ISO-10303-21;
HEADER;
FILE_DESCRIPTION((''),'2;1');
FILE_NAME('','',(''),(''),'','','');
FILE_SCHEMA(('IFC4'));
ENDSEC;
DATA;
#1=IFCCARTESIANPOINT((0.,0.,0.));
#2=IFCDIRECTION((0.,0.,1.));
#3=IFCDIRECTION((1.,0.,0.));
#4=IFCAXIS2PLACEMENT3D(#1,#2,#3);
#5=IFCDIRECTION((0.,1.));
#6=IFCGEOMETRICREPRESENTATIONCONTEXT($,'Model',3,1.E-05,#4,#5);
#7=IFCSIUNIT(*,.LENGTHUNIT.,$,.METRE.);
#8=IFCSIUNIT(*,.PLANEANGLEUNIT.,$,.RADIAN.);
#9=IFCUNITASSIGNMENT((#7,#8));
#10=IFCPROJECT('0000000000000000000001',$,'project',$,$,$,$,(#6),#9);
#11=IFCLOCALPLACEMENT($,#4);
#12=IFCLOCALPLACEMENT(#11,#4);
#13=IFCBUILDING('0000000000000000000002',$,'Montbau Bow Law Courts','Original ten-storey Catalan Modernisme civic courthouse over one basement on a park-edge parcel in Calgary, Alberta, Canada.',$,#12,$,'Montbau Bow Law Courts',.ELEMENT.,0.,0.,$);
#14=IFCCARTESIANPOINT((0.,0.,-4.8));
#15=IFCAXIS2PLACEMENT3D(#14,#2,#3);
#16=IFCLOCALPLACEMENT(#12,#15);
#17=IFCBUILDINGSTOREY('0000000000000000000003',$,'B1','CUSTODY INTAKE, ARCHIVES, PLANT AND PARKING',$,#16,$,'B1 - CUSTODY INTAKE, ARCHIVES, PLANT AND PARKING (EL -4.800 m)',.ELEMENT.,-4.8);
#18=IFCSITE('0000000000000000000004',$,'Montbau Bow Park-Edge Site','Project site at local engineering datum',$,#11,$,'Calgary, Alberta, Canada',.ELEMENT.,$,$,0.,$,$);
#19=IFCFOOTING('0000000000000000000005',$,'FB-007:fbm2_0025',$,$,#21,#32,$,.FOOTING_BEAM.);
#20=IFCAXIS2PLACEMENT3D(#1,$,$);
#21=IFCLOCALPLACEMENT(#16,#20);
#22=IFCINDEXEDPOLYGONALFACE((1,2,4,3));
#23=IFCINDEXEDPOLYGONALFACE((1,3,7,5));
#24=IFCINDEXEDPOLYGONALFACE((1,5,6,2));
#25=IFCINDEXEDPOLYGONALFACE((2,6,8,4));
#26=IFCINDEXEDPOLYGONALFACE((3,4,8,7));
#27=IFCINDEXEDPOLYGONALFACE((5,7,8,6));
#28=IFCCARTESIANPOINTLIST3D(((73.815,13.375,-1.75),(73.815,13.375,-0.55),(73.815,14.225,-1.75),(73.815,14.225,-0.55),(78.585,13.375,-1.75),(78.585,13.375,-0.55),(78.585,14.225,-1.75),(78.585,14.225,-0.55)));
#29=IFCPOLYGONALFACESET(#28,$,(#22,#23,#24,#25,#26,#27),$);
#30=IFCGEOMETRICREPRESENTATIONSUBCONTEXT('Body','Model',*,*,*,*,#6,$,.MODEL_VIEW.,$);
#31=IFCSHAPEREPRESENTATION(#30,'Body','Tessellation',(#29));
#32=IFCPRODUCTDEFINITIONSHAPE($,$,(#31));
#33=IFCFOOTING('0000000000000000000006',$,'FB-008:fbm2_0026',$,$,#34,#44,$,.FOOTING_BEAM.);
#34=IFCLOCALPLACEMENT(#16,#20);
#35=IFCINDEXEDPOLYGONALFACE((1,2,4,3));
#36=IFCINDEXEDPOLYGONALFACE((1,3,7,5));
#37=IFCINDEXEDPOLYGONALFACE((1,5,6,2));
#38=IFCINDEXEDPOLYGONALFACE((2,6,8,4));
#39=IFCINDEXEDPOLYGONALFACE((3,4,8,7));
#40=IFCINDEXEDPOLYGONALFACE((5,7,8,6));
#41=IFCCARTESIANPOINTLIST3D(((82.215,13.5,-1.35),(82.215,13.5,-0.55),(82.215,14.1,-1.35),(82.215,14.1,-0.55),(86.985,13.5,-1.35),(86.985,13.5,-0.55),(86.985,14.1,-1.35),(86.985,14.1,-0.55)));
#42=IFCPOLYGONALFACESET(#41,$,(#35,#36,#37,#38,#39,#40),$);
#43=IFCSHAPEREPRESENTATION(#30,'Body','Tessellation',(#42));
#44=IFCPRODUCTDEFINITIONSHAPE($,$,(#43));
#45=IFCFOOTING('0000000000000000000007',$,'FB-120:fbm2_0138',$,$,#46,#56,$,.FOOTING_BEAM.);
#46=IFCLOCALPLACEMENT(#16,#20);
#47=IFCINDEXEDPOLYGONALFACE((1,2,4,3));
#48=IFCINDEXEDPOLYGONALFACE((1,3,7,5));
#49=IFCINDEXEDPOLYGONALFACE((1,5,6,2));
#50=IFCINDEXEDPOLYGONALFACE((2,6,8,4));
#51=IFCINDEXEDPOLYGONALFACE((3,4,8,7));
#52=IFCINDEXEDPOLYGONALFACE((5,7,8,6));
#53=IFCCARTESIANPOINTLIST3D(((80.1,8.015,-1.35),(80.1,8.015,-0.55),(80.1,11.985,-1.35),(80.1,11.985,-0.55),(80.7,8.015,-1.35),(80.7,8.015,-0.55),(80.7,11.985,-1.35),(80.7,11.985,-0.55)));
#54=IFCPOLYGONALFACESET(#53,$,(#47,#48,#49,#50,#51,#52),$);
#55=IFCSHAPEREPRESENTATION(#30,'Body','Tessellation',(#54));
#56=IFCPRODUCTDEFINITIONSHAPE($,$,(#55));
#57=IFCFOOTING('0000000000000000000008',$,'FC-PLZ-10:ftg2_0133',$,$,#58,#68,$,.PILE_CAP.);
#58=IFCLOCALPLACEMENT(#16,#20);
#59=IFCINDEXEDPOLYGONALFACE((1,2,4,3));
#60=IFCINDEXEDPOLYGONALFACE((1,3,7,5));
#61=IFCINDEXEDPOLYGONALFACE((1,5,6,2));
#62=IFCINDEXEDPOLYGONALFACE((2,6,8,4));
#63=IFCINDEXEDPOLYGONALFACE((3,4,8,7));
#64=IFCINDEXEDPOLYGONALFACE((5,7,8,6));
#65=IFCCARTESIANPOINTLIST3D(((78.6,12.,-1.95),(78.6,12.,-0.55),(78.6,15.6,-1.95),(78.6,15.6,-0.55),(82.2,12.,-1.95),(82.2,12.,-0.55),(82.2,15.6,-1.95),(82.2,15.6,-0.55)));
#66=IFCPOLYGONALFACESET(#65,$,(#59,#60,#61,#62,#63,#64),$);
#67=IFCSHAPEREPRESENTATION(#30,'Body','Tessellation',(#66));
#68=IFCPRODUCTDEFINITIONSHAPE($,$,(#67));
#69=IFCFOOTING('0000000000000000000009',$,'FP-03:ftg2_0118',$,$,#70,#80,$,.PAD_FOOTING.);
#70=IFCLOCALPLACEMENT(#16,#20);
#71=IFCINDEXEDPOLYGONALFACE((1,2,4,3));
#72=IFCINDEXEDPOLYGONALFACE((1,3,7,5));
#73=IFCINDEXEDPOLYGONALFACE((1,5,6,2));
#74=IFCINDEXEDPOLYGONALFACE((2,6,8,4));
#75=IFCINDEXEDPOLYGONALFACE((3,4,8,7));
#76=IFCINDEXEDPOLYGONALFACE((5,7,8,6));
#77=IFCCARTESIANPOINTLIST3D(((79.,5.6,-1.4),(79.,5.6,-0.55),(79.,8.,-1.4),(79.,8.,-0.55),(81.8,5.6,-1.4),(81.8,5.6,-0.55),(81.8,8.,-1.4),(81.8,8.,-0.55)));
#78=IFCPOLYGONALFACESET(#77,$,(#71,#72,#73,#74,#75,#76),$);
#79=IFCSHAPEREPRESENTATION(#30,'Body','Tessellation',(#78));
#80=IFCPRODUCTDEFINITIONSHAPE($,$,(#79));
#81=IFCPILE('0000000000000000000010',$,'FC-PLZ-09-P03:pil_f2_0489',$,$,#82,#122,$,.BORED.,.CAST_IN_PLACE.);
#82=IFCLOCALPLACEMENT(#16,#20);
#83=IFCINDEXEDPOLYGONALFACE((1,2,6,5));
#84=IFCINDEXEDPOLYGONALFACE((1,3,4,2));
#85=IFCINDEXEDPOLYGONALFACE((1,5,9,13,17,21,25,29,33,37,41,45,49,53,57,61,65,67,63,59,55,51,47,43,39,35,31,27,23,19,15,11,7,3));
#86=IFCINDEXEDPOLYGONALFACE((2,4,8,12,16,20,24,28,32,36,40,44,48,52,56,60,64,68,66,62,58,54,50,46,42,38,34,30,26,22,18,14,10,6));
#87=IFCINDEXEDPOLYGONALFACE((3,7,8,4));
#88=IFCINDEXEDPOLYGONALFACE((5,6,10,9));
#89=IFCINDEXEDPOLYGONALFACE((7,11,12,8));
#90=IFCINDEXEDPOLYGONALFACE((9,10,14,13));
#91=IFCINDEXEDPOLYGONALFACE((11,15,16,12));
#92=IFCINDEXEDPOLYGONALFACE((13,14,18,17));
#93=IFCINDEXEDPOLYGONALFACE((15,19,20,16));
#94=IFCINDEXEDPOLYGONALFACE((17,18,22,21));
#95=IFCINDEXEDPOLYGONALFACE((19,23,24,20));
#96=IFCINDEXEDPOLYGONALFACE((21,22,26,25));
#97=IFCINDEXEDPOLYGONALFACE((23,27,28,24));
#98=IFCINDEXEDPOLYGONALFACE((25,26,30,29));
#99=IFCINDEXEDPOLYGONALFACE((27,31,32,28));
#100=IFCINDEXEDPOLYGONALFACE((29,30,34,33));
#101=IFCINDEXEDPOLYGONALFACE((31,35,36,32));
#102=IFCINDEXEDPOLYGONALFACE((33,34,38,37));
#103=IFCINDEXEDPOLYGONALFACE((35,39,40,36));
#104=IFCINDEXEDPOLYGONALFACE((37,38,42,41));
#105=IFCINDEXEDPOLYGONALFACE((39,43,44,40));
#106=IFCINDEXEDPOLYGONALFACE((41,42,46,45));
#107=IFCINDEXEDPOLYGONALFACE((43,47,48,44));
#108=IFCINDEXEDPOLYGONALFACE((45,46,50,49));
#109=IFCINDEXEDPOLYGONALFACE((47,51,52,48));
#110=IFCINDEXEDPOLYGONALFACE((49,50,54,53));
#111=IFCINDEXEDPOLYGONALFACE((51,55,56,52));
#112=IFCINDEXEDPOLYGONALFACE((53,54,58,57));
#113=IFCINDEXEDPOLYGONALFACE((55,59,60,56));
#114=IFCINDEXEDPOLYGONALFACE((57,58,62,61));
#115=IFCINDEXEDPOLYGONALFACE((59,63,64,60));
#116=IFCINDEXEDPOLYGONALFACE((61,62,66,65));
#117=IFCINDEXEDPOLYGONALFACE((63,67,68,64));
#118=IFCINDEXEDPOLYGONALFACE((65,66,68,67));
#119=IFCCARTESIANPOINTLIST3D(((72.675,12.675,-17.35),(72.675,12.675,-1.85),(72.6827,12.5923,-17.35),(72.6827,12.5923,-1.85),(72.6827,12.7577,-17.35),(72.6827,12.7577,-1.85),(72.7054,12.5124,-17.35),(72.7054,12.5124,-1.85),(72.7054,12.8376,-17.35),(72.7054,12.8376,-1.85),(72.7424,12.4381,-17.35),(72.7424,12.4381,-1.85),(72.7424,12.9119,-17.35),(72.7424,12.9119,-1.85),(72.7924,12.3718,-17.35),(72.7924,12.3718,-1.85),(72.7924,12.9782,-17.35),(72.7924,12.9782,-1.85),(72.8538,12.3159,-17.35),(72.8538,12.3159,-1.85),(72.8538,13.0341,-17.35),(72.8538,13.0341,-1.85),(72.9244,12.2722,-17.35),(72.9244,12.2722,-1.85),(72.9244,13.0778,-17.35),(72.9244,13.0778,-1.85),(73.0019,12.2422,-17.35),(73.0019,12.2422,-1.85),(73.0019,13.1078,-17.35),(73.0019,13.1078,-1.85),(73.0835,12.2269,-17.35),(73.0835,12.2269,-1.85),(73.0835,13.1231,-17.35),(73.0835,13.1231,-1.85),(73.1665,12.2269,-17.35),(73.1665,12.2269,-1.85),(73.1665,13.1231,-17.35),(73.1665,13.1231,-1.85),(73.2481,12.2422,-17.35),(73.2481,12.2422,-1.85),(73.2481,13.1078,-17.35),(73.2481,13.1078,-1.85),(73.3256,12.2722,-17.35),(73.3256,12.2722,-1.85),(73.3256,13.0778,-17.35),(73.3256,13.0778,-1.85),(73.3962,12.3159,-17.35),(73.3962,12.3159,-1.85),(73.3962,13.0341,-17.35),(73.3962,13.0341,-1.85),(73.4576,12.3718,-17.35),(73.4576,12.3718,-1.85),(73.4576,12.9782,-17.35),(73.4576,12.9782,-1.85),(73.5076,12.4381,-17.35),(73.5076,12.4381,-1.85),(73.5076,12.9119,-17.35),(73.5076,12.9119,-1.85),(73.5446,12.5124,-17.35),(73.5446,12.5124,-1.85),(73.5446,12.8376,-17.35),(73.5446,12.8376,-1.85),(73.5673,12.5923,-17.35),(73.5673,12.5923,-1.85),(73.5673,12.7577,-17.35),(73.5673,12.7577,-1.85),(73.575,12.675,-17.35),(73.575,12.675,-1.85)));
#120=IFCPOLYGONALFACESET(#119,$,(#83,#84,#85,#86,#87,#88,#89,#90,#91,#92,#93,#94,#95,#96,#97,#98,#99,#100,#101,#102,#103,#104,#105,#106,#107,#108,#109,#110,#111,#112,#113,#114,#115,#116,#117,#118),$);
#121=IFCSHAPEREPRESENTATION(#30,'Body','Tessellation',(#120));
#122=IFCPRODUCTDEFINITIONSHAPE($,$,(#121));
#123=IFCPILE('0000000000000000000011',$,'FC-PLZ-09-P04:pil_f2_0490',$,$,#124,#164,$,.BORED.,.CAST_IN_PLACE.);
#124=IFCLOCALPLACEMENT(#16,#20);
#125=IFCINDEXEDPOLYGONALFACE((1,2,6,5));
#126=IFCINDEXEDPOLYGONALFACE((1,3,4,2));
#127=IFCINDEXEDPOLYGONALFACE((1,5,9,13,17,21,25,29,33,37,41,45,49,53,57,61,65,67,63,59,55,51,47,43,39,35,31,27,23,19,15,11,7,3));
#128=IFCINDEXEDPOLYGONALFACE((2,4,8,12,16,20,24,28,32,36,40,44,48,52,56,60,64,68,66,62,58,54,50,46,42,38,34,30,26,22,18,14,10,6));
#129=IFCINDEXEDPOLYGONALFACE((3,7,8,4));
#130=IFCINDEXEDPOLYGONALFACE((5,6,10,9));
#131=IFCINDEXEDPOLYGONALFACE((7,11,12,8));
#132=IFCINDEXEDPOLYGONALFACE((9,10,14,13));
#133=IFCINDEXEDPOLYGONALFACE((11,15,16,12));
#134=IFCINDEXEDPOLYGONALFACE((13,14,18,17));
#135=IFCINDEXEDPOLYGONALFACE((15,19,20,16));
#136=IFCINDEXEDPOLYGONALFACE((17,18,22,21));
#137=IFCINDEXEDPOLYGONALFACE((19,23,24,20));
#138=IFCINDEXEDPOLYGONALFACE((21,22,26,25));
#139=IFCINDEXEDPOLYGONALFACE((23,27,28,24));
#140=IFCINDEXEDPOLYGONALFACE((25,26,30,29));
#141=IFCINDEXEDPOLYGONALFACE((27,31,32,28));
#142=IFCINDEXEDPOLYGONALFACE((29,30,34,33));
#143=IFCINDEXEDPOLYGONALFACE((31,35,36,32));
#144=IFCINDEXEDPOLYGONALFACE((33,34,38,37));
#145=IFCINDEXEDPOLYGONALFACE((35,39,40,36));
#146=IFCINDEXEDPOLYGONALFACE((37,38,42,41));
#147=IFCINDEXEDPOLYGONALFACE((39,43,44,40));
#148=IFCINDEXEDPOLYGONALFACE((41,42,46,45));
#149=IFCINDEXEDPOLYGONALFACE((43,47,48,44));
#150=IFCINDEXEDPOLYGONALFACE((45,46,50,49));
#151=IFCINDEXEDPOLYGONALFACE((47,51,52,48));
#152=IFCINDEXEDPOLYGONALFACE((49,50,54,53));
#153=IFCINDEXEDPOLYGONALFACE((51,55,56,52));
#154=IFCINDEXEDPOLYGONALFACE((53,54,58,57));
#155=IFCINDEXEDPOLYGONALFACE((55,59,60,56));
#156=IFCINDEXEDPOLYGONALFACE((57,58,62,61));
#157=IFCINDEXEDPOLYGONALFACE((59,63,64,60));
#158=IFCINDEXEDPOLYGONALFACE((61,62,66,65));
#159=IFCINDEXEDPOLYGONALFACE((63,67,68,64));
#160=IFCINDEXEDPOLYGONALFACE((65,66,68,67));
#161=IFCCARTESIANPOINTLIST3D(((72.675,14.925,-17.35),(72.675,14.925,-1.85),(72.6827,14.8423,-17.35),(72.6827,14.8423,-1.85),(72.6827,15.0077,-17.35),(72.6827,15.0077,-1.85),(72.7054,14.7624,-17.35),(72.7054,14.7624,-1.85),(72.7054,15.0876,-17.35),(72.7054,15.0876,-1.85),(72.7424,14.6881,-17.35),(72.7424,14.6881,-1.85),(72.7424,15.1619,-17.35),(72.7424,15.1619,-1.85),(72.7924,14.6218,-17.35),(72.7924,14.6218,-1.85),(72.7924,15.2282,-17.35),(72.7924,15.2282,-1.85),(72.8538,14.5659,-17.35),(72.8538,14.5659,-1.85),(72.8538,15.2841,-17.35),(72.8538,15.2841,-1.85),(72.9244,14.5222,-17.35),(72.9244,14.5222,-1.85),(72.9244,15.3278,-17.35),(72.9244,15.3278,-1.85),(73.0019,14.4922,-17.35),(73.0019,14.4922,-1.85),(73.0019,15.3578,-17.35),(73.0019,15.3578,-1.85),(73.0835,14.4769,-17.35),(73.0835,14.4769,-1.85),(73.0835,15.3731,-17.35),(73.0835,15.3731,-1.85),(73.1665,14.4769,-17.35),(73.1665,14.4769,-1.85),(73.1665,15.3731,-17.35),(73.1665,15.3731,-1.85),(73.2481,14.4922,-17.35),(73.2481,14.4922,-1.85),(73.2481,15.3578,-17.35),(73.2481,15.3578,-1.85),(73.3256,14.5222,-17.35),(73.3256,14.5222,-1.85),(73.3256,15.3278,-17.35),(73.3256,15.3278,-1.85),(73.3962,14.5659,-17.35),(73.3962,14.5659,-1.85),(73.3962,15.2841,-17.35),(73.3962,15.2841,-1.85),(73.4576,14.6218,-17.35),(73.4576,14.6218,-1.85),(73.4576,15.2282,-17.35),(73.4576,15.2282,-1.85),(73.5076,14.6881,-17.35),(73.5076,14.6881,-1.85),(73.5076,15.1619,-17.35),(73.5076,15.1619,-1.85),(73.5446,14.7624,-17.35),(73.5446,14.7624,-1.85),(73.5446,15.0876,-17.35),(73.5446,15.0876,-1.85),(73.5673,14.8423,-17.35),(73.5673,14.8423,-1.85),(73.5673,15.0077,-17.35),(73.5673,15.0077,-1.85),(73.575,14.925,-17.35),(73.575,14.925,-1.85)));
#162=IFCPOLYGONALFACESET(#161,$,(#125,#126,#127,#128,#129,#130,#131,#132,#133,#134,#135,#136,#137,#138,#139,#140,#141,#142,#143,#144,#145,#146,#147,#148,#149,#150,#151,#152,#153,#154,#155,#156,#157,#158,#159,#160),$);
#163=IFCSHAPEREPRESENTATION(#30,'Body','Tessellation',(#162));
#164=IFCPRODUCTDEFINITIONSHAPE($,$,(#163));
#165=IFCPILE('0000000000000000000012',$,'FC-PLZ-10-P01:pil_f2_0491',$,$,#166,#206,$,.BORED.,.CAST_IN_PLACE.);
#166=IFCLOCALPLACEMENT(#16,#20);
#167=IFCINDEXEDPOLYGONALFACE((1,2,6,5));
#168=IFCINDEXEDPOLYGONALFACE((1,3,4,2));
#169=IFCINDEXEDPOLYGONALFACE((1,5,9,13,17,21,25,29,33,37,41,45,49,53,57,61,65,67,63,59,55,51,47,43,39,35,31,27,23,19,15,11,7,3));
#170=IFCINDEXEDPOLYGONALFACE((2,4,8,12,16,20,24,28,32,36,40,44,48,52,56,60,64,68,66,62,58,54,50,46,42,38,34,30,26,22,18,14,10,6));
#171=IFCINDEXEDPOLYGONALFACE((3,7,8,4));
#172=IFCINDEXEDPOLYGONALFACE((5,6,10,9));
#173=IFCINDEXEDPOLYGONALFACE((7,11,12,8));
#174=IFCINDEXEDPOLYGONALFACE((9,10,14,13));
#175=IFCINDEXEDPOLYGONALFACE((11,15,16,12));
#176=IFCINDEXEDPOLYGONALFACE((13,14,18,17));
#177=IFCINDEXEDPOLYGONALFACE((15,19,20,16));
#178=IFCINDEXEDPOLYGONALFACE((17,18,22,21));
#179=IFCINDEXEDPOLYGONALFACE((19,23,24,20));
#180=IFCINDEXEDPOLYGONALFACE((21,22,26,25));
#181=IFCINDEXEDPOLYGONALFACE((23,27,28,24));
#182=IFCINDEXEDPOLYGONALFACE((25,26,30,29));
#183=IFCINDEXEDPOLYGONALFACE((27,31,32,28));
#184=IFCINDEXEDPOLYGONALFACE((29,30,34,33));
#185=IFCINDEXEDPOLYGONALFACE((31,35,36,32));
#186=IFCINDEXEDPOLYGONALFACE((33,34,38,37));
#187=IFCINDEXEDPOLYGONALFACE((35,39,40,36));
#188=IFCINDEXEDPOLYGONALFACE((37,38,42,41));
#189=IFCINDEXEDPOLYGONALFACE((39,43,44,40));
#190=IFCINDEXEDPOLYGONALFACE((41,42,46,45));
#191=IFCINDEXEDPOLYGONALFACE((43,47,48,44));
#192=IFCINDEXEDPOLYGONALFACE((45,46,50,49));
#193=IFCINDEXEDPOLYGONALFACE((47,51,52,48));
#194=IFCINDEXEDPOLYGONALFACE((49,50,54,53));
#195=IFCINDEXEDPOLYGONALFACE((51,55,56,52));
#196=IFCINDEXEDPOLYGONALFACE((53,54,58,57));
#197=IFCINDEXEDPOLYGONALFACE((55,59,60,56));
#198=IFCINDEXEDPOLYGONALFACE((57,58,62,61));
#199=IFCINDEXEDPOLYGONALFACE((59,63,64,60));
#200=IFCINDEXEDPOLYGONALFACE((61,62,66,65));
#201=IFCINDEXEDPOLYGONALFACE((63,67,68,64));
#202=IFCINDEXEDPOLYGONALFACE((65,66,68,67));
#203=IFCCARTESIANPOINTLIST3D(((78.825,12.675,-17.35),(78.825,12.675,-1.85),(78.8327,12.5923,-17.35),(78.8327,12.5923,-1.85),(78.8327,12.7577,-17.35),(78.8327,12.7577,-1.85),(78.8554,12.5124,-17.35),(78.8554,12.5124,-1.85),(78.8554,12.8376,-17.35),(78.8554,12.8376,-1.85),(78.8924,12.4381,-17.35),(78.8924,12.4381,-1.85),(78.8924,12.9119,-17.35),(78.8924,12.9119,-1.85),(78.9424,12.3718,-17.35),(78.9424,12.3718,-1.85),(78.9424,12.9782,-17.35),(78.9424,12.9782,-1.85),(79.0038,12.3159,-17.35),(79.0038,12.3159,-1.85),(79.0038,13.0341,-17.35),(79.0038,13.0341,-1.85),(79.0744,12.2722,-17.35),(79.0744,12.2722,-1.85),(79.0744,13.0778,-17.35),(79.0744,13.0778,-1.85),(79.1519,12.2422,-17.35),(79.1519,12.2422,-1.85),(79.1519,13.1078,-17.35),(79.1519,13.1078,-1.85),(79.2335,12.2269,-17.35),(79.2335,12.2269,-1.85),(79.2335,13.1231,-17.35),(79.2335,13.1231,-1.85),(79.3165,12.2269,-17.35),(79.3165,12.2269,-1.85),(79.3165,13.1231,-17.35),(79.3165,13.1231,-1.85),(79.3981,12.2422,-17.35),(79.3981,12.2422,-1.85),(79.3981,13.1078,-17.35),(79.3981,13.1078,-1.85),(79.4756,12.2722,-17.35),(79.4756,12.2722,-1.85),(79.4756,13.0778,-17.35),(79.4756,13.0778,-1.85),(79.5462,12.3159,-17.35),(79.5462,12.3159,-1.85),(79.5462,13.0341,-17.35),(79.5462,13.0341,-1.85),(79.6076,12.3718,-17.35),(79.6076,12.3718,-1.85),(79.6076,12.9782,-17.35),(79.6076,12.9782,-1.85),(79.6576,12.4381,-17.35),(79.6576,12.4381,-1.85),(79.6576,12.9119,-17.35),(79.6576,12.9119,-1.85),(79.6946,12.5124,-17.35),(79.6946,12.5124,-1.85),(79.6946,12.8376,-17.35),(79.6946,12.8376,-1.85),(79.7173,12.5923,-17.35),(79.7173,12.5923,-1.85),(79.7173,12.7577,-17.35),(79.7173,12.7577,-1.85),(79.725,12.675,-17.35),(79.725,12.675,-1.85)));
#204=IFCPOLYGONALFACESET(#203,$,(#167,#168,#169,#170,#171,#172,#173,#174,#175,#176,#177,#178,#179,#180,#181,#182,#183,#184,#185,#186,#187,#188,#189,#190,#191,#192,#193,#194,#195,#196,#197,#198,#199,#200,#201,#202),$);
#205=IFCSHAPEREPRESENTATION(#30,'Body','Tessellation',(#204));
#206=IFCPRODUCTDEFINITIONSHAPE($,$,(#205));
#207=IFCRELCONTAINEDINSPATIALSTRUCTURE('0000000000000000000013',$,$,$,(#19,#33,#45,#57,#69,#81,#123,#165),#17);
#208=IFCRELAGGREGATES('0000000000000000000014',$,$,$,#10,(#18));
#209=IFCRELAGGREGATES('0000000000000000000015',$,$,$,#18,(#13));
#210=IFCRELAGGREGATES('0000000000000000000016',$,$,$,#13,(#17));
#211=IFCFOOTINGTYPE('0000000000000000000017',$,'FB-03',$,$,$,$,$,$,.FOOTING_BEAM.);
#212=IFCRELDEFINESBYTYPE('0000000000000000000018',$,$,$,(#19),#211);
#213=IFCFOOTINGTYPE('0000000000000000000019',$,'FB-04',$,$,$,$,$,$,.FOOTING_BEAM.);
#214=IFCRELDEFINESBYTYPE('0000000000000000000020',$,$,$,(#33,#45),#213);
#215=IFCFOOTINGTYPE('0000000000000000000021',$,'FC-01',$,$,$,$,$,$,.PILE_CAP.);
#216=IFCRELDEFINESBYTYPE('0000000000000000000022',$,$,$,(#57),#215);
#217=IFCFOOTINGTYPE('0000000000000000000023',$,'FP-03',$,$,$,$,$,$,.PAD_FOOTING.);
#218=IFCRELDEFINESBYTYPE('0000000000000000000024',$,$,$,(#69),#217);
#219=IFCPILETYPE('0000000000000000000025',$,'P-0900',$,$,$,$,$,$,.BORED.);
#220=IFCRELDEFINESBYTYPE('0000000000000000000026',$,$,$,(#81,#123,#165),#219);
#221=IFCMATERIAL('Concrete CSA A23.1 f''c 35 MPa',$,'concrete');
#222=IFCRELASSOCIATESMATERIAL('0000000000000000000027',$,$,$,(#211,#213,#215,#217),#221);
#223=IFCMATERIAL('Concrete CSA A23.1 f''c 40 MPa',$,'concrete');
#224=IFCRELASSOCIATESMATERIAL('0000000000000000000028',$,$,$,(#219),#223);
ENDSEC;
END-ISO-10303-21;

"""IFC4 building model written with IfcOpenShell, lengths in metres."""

from ifc_helpers import new_model, si_unit, direction, frame, origin_with_axes, origin_2d_with_axis, place, context, subcontext, project, spatial, rectangle, circle, extrude, material, material_profile, profile_set, type_object, element, save


model = new_model("IFC4")

# Units and contexts
model_context = context("Model", 3, precision=1e-05, world=origin_with_axes(), true_north=direction((0.0, 1.0)))
body_context = subcontext(model_context, "Body", "Model", "MODEL_VIEW")
ifc_project = project(units=[si_unit("LENGTHUNIT", "METRE"), si_unit("PLANEANGLEUNIT", "RADIAN")], contexts=[model_context])

# Site, building, storey
site_placement = place(None, origin_with_axes())
site = spatial("IfcSite", under=ifc_project, at=site_placement, Name="Montbau Bow Park-Edge Site", Description="Project site at local engineering datum", LongName="Calgary, Alberta, Canada", CompositionType="ELEMENT", RefElevation=0.0)
building_placement = place(site_placement, origin_with_axes())
building = spatial("IfcBuilding", under=site, at=building_placement, Name="Montbau Bow Law Courts", Description="Original ten-storey Catalan Modernisme civic courthouse over one basement on a park-edge parcel in Calgary, Alberta, Canada.", LongName="Montbau Bow Law Courts", CompositionType="ELEMENT", ElevationOfRefHeight=0.0, ElevationOfTerrain=0.0)
storey_placement = place(building_placement, frame((0.0, 0.0, -4.8), z_axis=(0.0, 0.0, 1.0), x_axis=(1.0, 0.0, 0.0)))
storey = spatial("IfcBuildingStorey", under=building, at=storey_placement, Name="B1", Description="CUSTODY INTAKE, ARCHIVES, PLANT AND PARKING", LongName="B1 - CUSTODY INTAKE, ARCHIVES, PLANT AND PARKING (EL -4.800 m)", CompositionType="ELEMENT", Elevation=-4.8)

# Footings
ifc_material_1 = material(Name="Concrete CSA A23.1 f'c 35 MPa", Category="concrete")
footing_type_1 = type_object("IfcFootingType", Name="FB-03", PredefinedType="FOOTING_BEAM", material=ifc_material_1)
footing_1_placement = place(None, frame((76.2, 13.8, -6.55), z_axis=(0.0, 0.0, 1.0), x_axis=(1.0, 0.0, 0.0)))
element("IfcFooting", 1, at=footing_1_placement, inside=storey, type_object=footing_type_1, Name="FB-007:fbm2_0025", PredefinedType="FOOTING_BEAM", context=body_context, shape_type="SweptSolid", body=[
    extrude(rectangle(XDim=4.77, YDim=0.85, at=origin_2d_with_axis()), origin_with_axes(), (0.0, 0.0, 1.0), 1.2),
])
footing_type_2 = type_object("IfcFootingType", Name="FB-04", PredefinedType="FOOTING_BEAM", material=ifc_material_1)
footing_2_placement = place(None, frame((84.6, 13.8, -6.15), z_axis=(0.0, 0.0, 1.0), x_axis=(1.0, 0.0, 0.0)))
element("IfcFooting", 2, at=footing_2_placement, inside=storey, type_object=footing_type_2, Name="FB-008:fbm2_0026", PredefinedType="FOOTING_BEAM", context=body_context, shape_type="SweptSolid", body=[
    extrude(rectangle(XDim=4.77, YDim=0.6, at=origin_2d_with_axis()), origin_with_axes(), (0.0, 0.0, 1.0), 0.8),
])
footing_3_placement = place(None, frame((80.4, 10.0, -6.15), z_axis=(0.0, 0.0, 1.0), x_axis=(0.0, 1.0, 0.0)))
element("IfcFooting", 3, at=footing_3_placement, inside=storey, type_object=footing_type_2, Name="FB-120:fbm2_0138", PredefinedType="FOOTING_BEAM", context=body_context, shape_type="SweptSolid", body=[
    extrude(rectangle(XDim=3.97, YDim=0.6, at=origin_2d_with_axis()), origin_with_axes(), (0.0, 0.0, 1.0), 0.8),
])
footing_type_3 = type_object("IfcFootingType", Name="FC-01", PredefinedType="PILE_CAP", material=ifc_material_1)
footing_4_placement = place(None, frame((80.4, 13.8, -6.75), z_axis=(0.0, 0.0, 1.0), x_axis=(1.0, 0.0, 0.0)))
element("IfcFooting", 4, at=footing_4_placement, inside=storey, type_object=footing_type_3, Name="FC-PLZ-10:ftg2_0133", PredefinedType="PILE_CAP", context=body_context, shape_type="SweptSolid", body=[
    extrude(rectangle(XDim=3.6, YDim=3.6, at=origin_2d_with_axis()), origin_with_axes(), (0.0, 0.0, 1.0), 1.4),
])
footing_type_4 = type_object("IfcFootingType", Name="FP-03", PredefinedType="PAD_FOOTING", material=ifc_material_1)
footing_5_placement = place(None, frame((80.4, 6.8, -6.2), z_axis=(0.0, 0.0, 1.0), x_axis=(1.0, 0.0, 0.0)))
element("IfcFooting", 5, at=footing_5_placement, inside=storey, type_object=footing_type_4, Name="FP-03:ftg2_0118", PredefinedType="PAD_FOOTING", context=body_context, shape_type="SweptSolid", body=[
    extrude(rectangle(XDim=2.8, YDim=2.4, at=origin_2d_with_axis()), origin_with_axes(), (0.0, 0.0, 1.0), 0.85),
])

# Piles
ifc_material_2 = material(Name="Concrete CSA A23.1 f'c 40 MPa", Category="concrete")
ifc_material_profile_1 = material_profile(ifc_material_2, circle(Radius=0.45, at=origin_2d_with_axis()), Name="BP900", Category="Main", Priority=0)
ifc_profile_set_1 = profile_set([ifc_material_profile_1], Name="Concrete CSA A23.1 f'c 40 MPa")
pile_type_1 = type_object("IfcPileType", Name="P-0900", PredefinedType="BORED", material=ifc_profile_set_1)
for number, where, z_axis, x_axis, name in (
    (6, (73.125, 12.675, -22.15), (0.0, 0.0, 1.0), (1.0, 0.0, 0.0), "FC-PLZ-09-P03:pil_f2_0489"),
    (7, (73.125, 14.925, -22.15), (0.0, 0.0, 1.0), (1.0, 0.0, 0.0), "FC-PLZ-09-P04:pil_f2_0490"),
    (8, (79.275, 12.675, -22.15), (0.0, 0.0, 1.0), (1.0, 0.0, 0.0), "FC-PLZ-10-P01:pil_f2_0491"),
):
    element("IfcPile", number, at=place(None, frame(where, z_axis=z_axis, x_axis=x_axis)), inside=storey, type_object=pile_type_1, Name=name, ConstructionType="CAST_IN_PLACE", PredefinedType="BORED", context=body_context, shape_type="SweptSolid", body=[
        extrude(circle(Radius=0.45, at=origin_2d_with_axis()), origin_with_axes(), (0.0, 0.0, 1.0), 15.5),
    ])

save(model, "model.ifc")
